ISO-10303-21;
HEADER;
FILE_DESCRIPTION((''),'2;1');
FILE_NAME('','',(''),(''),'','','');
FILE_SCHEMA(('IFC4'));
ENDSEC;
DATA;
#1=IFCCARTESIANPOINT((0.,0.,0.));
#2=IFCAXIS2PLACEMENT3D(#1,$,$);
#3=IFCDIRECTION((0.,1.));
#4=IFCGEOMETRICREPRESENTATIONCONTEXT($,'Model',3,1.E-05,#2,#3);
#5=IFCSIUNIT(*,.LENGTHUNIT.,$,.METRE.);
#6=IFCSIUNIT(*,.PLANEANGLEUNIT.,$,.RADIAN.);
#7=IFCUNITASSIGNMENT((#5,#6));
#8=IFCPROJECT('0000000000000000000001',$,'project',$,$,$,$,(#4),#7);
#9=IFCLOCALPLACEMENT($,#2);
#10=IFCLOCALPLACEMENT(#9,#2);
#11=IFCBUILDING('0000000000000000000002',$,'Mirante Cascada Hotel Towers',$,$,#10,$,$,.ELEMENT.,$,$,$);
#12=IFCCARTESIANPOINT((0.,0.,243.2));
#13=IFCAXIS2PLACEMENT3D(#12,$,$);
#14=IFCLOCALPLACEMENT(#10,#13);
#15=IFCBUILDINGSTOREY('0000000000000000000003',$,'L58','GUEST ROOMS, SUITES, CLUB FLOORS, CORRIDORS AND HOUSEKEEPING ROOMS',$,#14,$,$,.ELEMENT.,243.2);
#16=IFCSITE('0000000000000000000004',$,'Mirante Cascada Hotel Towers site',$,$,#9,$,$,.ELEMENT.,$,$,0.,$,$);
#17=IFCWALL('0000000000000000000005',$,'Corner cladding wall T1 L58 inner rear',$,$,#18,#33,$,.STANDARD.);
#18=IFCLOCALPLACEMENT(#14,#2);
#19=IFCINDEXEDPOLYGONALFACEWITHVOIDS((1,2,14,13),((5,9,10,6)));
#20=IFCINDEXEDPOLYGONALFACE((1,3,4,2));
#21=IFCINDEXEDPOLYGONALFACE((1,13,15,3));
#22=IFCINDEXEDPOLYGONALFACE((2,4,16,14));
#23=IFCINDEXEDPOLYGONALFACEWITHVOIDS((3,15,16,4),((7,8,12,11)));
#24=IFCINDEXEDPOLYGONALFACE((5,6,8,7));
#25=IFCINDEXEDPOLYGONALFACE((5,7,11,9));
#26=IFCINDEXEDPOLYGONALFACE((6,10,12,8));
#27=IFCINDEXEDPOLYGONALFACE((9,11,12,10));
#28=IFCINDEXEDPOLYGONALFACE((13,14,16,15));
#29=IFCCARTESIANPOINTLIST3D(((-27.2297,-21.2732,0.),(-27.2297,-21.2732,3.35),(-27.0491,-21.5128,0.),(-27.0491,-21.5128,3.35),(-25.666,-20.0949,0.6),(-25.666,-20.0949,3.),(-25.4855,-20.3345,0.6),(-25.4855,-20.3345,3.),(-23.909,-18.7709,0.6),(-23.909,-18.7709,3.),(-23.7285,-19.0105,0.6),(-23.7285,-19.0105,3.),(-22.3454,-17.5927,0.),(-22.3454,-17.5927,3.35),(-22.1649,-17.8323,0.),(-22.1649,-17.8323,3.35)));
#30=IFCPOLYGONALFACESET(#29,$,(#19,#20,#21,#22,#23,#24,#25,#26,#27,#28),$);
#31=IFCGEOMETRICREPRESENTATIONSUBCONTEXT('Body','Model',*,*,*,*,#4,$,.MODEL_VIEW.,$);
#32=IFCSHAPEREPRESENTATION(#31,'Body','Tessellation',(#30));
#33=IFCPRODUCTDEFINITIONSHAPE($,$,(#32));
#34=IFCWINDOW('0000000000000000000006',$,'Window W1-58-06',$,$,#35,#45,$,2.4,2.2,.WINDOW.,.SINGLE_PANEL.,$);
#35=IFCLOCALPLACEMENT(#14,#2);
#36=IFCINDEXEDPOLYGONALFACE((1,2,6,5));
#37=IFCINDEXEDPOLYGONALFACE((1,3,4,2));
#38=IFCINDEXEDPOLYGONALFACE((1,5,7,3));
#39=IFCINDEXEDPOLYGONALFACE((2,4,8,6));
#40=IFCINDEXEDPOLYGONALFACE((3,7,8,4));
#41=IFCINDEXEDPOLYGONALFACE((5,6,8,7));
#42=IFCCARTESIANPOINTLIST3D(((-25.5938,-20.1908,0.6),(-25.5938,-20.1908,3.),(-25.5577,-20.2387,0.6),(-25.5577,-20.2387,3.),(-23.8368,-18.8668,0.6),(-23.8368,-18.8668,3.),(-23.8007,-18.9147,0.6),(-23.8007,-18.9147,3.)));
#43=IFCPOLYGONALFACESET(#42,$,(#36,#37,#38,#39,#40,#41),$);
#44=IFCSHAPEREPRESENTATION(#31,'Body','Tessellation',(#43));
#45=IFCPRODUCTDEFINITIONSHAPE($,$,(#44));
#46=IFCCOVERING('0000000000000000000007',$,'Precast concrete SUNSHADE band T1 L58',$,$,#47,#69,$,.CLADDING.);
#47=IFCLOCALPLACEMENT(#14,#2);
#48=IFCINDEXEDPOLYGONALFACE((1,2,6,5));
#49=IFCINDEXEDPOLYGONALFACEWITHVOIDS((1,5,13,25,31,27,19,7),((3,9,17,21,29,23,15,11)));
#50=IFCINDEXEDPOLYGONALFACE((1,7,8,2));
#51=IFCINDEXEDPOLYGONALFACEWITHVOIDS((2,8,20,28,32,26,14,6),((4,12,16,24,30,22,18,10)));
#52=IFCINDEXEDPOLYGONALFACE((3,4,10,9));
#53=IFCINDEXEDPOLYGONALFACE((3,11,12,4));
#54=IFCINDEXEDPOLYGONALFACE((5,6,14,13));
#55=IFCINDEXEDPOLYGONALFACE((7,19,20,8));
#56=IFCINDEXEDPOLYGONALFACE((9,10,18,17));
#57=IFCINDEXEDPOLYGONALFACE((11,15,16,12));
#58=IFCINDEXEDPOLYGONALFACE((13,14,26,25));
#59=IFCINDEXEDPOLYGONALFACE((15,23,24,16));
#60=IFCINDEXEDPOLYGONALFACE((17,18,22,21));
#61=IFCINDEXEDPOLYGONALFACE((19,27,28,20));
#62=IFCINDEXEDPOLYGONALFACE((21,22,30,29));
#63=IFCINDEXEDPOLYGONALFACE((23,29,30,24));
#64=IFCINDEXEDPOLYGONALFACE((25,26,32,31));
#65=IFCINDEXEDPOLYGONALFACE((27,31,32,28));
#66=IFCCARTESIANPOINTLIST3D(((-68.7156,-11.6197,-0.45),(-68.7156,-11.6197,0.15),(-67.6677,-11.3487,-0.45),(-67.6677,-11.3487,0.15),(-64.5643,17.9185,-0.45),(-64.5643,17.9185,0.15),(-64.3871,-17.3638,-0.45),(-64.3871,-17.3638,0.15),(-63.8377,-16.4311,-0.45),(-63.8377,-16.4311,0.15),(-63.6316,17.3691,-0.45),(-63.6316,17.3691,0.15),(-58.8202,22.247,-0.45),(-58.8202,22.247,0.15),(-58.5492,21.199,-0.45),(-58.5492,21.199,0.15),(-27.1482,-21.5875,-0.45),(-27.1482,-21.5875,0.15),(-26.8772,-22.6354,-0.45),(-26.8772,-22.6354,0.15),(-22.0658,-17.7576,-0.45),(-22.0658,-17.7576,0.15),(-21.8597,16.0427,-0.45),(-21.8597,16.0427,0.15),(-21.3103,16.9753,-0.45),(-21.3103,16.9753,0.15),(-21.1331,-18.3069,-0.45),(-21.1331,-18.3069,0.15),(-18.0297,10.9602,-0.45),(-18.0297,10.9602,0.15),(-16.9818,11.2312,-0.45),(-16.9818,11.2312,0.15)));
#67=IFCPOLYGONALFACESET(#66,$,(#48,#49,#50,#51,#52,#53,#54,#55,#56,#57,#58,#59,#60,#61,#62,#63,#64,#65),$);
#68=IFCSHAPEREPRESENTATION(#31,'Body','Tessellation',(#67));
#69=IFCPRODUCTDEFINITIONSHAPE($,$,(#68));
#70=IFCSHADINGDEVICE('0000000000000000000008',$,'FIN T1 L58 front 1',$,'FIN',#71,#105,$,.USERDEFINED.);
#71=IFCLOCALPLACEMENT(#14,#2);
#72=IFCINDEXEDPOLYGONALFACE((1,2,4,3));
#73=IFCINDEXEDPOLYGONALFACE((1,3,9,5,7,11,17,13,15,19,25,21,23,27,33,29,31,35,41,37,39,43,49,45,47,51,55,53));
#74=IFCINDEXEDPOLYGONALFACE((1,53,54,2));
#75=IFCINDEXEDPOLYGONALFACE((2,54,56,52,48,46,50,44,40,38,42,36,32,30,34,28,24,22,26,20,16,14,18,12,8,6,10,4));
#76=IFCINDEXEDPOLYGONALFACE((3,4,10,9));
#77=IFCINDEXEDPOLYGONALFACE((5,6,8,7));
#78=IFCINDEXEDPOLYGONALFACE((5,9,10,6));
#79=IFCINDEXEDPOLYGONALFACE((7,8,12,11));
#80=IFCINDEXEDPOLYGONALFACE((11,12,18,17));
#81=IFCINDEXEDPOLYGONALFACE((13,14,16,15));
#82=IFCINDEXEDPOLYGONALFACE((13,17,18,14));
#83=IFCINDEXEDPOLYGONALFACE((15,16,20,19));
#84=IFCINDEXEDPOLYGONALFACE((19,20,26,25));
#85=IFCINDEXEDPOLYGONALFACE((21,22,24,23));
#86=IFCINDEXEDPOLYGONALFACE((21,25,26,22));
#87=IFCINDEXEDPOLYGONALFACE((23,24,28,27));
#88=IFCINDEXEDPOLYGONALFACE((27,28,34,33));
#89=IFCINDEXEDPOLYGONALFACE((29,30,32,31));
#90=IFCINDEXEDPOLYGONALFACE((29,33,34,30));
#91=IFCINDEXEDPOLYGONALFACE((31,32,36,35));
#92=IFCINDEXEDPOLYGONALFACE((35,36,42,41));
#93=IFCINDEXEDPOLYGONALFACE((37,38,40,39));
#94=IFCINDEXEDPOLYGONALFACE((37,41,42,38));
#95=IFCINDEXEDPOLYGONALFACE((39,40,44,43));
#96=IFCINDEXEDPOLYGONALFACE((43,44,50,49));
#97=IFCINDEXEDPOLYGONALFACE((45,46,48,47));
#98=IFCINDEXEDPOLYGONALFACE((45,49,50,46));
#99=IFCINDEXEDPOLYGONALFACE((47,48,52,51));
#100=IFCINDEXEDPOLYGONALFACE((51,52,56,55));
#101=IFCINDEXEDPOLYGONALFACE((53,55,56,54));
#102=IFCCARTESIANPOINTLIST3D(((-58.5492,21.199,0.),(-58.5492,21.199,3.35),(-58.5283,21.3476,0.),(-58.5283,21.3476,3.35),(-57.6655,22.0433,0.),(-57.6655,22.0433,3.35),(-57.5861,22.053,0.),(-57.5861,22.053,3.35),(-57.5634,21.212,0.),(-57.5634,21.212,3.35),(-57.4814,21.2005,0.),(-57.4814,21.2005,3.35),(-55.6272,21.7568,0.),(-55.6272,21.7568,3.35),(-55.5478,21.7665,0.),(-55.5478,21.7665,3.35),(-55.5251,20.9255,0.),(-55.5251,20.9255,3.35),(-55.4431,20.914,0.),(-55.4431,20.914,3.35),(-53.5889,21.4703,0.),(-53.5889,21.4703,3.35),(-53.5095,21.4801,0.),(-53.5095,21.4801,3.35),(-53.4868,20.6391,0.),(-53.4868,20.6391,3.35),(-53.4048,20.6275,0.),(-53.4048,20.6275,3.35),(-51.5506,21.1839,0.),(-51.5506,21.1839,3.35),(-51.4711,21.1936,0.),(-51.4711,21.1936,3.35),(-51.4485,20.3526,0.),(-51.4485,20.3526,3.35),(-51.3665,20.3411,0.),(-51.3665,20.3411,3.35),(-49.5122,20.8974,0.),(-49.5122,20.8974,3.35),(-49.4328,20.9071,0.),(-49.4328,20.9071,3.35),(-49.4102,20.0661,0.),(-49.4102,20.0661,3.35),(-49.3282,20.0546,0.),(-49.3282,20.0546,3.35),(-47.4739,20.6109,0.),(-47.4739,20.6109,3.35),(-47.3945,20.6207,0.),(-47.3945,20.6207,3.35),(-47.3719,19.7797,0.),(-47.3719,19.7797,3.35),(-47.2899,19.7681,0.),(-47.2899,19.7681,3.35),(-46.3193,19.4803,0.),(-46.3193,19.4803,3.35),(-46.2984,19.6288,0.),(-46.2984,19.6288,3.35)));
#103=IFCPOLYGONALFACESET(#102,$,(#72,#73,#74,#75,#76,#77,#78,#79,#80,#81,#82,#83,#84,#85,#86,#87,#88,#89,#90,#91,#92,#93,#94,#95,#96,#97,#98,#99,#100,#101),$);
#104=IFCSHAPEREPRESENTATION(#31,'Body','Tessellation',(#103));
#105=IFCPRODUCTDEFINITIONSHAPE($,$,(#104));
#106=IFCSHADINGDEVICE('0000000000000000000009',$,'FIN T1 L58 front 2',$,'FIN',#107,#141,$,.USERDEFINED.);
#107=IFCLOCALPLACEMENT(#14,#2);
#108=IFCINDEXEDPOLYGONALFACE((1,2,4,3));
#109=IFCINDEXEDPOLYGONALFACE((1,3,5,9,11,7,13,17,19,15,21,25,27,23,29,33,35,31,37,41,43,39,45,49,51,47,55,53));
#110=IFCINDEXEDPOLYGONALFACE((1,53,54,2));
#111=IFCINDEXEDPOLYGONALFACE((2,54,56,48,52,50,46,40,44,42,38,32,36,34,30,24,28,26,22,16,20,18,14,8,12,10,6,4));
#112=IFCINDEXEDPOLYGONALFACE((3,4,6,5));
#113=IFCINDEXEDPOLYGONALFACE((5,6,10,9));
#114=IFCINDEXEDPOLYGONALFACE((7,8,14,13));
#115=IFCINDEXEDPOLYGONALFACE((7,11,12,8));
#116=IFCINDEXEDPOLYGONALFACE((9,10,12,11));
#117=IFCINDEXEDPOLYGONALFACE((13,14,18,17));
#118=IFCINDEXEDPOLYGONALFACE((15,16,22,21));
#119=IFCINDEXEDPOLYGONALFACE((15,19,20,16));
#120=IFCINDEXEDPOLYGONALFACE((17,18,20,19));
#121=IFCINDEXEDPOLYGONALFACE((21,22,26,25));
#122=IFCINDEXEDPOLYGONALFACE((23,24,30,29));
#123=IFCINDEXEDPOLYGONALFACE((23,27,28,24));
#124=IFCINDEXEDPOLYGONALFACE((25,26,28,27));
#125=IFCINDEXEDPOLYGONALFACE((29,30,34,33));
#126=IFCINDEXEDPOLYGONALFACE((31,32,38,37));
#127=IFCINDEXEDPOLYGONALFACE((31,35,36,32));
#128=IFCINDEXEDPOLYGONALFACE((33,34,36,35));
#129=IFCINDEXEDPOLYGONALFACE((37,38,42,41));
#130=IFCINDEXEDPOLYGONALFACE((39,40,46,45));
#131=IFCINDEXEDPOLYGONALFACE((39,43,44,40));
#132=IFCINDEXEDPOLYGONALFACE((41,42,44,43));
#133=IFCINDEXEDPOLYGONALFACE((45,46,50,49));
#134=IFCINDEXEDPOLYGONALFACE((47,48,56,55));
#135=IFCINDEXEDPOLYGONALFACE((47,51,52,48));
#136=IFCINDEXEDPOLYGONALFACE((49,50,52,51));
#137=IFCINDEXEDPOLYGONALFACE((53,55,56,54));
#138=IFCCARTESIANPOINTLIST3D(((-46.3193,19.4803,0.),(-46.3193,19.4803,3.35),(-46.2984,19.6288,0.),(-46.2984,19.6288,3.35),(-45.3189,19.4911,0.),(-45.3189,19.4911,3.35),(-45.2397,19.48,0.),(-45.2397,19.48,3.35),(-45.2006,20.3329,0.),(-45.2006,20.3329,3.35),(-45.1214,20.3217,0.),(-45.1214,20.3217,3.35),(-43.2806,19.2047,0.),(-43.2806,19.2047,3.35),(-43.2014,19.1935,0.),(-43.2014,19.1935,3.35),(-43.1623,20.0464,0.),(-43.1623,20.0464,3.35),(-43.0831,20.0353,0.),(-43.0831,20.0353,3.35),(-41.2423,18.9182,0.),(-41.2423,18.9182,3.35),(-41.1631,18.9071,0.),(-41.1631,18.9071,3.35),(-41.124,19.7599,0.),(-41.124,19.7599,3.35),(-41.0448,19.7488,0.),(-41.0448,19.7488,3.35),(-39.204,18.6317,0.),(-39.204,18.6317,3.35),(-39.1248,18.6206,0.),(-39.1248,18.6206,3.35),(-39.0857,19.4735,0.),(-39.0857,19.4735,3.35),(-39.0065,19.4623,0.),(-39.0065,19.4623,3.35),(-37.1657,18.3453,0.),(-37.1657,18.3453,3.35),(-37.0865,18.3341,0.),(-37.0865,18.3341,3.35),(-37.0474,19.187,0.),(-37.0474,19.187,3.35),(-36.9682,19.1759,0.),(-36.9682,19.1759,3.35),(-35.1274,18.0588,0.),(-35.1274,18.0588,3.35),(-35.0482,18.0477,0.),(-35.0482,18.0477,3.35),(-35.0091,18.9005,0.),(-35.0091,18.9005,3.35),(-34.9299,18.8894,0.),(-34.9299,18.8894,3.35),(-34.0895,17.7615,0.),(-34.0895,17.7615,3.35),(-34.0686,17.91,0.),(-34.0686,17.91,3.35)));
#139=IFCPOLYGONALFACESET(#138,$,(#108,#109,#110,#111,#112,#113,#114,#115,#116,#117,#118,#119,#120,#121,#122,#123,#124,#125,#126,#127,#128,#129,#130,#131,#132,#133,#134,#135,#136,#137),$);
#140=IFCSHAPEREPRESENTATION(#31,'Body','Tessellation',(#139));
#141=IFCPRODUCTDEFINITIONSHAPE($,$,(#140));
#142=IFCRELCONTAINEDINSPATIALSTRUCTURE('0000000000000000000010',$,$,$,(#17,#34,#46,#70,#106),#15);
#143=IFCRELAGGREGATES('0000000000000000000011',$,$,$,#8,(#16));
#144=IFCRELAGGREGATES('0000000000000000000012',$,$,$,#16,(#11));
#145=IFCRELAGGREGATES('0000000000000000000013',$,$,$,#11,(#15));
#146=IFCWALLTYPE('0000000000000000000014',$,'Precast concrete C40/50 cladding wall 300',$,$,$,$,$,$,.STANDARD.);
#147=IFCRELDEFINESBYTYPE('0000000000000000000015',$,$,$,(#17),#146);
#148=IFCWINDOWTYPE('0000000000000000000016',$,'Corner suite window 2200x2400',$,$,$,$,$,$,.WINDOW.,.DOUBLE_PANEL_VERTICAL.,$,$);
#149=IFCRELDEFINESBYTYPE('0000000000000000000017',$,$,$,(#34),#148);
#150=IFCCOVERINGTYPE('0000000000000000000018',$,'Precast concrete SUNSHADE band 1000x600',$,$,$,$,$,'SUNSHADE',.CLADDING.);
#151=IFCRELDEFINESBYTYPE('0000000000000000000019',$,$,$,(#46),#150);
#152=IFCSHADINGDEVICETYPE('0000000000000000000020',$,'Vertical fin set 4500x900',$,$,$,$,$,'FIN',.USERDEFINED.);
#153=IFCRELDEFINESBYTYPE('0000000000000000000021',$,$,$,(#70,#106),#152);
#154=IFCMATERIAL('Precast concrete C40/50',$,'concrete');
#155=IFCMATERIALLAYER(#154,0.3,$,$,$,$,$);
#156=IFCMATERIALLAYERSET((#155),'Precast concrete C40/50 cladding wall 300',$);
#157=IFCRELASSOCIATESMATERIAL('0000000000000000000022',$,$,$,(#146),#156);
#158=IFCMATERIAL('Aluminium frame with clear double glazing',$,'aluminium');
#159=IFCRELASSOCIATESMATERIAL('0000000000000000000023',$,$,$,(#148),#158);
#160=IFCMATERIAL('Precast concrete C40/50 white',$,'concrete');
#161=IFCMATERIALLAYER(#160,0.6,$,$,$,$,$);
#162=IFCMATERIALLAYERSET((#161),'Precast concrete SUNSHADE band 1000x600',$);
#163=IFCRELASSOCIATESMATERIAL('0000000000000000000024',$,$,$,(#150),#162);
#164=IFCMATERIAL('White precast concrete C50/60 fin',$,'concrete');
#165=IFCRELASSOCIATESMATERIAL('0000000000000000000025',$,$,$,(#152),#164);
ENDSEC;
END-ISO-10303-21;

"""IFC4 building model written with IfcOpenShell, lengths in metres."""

from ifc_helpers import new_model, si_unit, direction, frame, frame_2d, origin, place, context, subcontext, project, spatial, polyline, rectangle, outline, extrude, material, layer, layer_set, type_object, element, fill, save


model = new_model("IFC4")

# Units and contexts
model_context = context("Model", 3, precision=1e-05, world=origin(), true_north=direction((0.0, 1.0)))
body_context = subcontext(model_context, "Body", "Model", "MODEL_VIEW")
ifc_project = project(units=[si_unit("LENGTHUNIT", "METRE"), si_unit("PLANEANGLEUNIT", "RADIAN")], contexts=[model_context])

# Site, building, storey
site_placement = place(None, origin())
site = spatial("IfcSite", under=ifc_project, at=site_placement, Name="Mirante Cascada Hotel Towers site", CompositionType="ELEMENT", RefElevation=0.0)
building_placement = place(site_placement, origin())
building = spatial("IfcBuilding", under=site, at=building_placement, Name="Mirante Cascada Hotel Towers", CompositionType="ELEMENT")
storey_placement = place(building_placement, frame((0.0, 0.0, 243.2)))
storey = spatial("IfcBuildingStorey", under=building, at=storey_placement, Name="L58", Description="GUEST ROOMS, SUITES, CLUB FLOORS, CORRIDORS AND HOUSEKEEPING ROOMS", CompositionType="ELEMENT", Elevation=243.2)

# Wall, opening, window
ifc_material_1 = material(Name="Precast concrete C40/50", Category="concrete")
ifc_layer_1 = layer(ifc_material_1, 0.3)
ifc_layer_set_1 = layer_set([ifc_layer_1], Name="Precast concrete C40/50 cladding wall 300")
wall_type_1 = type_object("IfcWallType", Name="Precast concrete C40/50 cladding wall 300", PredefinedType="STANDARD", material=ifc_layer_set_1)
wall_1_placement = place(storey_placement, frame((-22.2552, -17.7125, 0.0), z_axis=(0.0, 0.0, 1.0), x_axis=(-0.798636, -0.601814, 0.0)))
wall_1 = element("IfcWall", 1, at=wall_1_placement, inside=storey, type_object=wall_type_1, Name="Corner cladding wall T1 L58 inner rear", PredefinedType="STANDARD", context=body_context, shape_type="SweptSolid", body=[
    extrude(rectangle(XDim=6.1157, YDim=0.3, at=frame_2d((3.0578, 0.0))), origin(), (0.0, 0.0, 1.0), 3.35),
])
opening_1_placement = place(wall_1_placement, frame((1.9578, 0.0, 0.6)))
opening_1 = element("IfcOpeningElement", 2, at=opening_1_placement, cuts=wall_1, PredefinedType="OPENING", context=body_context, shape_type="SweptSolid", body=[
    extrude(rectangle(XDim=2.2, YDim=2.4, at=frame_2d((1.1, 1.2))), frame((0.0, 0.15, 0.0), z_axis=(0.0, -1.0, 0.0), x_axis=(1.0, 0.0, 0.0)), (0.0, 0.0, 1.0), 0.3),
])
ifc_material_2 = material(Name="Aluminium frame with clear double glazing", Category="aluminium")
window_type = type_object("IfcWindowType", Name="Corner suite window 2200x2400", PartitioningType="DOUBLE_PANEL_VERTICAL", PredefinedType="WINDOW", material=ifc_material_2)
window_placement = place(opening_1_placement, origin())
window = element("IfcWindow", 3, at=window_placement, inside=storey, type_object=window_type, Name="Window W1-58-06", OverallHeight=2.4, OverallWidth=2.2, PartitioningType="SINGLE_PANEL", PredefinedType="WINDOW", context=body_context, shape_type="SweptSolid", body=[
    extrude(rectangle(XDim=2.2, YDim=2.4, at=frame_2d((1.1, 1.2))), frame((0.0, 0.03, 0.0), z_axis=(0.0, -1.0, 0.0), x_axis=(1.0, 0.0, 0.0)), (0.0, 0.0, 1.0), 0.06),
])
fill(opening_1, window)

# Covering
ifc_material_3 = material(Name="Precast concrete C40/50 white", Category="concrete")
ifc_layer_2 = layer(ifc_material_3, 0.6)
ifc_layer_set_2 = layer_set([ifc_layer_2], Name="Precast concrete SUNSHADE band 1000x600")
covering_type = type_object("IfcCoveringType", Name="Precast concrete SUNSHADE band 1000x600", ElementType="SUNSHADE", PredefinedType="CLADDING", material=ifc_layer_set_2)
covering_placement = place(storey_placement, frame((0.0, 0.0, -0.45)))
element("IfcCovering", 4, at=covering_placement, inside=storey, type_object=covering_type, Name="Precast concrete SUNSHADE band T1 L58", PredefinedType="CLADDING", context=body_context, shape_type="SweptSolid", body=[
    extrude(outline(polyline([(-68.7156, -11.6197), (-64.5643, 17.9185), (-58.8202, 22.247), (-21.3103, 16.9753), (-16.9818, 11.2312), (-21.1331, -18.3069), (-26.8772, -22.6354), (-64.3871, -17.3638), (-68.7156, -11.6197)]), holes=[polyline([(-18.0297, 10.9602), (-21.8597, 16.0427), (-58.5492, 21.199), (-63.6316, 17.3691), (-67.6677, -11.3487), (-63.8377, -16.4311), (-27.1482, -21.5875), (-22.0658, -17.7576), (-18.0297, 10.9602)])]), origin(), (0.0, 0.0, 1.0), 0.6),
])

# Shading devices
ifc_material_4 = material(Name="White precast concrete C50/60 fin", Category="concrete")
shading_device_type = type_object("IfcShadingDeviceType", Name="Vertical fin set 4500x900", ElementType="FIN", PredefinedType="USERDEFINED", material=ifc_material_4)
shading_device_1_placement = place(storey_placement, origin())
element("IfcShadingDevice", 5, at=shading_device_1_placement, inside=storey, type_object=shading_device_type, Name="FIN T1 L58 front 1", ObjectType="FIN", PredefinedType="USERDEFINED", context=body_context, shape_type="SweptSolid", body=[
    extrude(outline(polyline([(-47.3945, 20.6207), (-47.2899, 19.7681), (-46.2984, 19.6288), (-46.3193, 19.4803), (-58.5492, 21.199), (-58.5283, 21.3476), (-57.5634, 21.212), (-57.6655, 22.0433), (-57.5861, 22.053), (-57.4814, 21.2005), (-55.5251, 20.9255), (-55.6272, 21.7568), (-55.5478, 21.7665), (-55.4431, 20.914), (-53.4868, 20.6391), (-53.5889, 21.4703), (-53.5095, 21.4801), (-53.4048, 20.6275), (-51.4485, 20.3526), (-51.5506, 21.1839), (-51.4711, 21.1936), (-51.3665, 20.3411), (-49.4102, 20.0661), (-49.5122, 20.8974), (-49.4328, 20.9071), (-49.3282, 20.0546), (-47.3719, 19.7797), (-47.4739, 20.6109), (-47.3945, 20.6207)])), origin(), (0.0, 0.0, 1.0), 3.35),
])
shading_device_2_placement = place(storey_placement, origin())
element("IfcShadingDevice", 6, at=shading_device_2_placement, inside=storey, type_object=shading_device_type, Name="FIN T1 L58 front 2", ObjectType="FIN", PredefinedType="USERDEFINED", context=body_context, shape_type="SweptSolid", body=[
    extrude(outline(polyline([(-34.9299, 18.8894), (-35.0482, 18.0477), (-34.0686, 17.91), (-34.0895, 17.7615), (-46.3193, 19.4803), (-46.2984, 19.6288), (-45.3189, 19.4911), (-45.2006, 20.3329), (-45.1214, 20.3217), (-45.2397, 19.48), (-43.2806, 19.2047), (-43.1623, 20.0464), (-43.0831, 20.0353), (-43.2014, 19.1935), (-41.2423, 18.9182), (-41.124, 19.7599), (-41.0448, 19.7488), (-41.1631, 18.9071), (-39.204, 18.6317), (-39.0857, 19.4735), (-39.0065, 19.4623), (-39.1248, 18.6206), (-37.1657, 18.3453), (-37.0474, 19.187), (-36.9682, 19.1759), (-37.0865, 18.3341), (-35.1274, 18.0588), (-35.0091, 18.9005), (-34.9299, 18.8894)])), origin(), (0.0, 0.0, 1.0), 3.35),
])

save(model, "model.ifc")
